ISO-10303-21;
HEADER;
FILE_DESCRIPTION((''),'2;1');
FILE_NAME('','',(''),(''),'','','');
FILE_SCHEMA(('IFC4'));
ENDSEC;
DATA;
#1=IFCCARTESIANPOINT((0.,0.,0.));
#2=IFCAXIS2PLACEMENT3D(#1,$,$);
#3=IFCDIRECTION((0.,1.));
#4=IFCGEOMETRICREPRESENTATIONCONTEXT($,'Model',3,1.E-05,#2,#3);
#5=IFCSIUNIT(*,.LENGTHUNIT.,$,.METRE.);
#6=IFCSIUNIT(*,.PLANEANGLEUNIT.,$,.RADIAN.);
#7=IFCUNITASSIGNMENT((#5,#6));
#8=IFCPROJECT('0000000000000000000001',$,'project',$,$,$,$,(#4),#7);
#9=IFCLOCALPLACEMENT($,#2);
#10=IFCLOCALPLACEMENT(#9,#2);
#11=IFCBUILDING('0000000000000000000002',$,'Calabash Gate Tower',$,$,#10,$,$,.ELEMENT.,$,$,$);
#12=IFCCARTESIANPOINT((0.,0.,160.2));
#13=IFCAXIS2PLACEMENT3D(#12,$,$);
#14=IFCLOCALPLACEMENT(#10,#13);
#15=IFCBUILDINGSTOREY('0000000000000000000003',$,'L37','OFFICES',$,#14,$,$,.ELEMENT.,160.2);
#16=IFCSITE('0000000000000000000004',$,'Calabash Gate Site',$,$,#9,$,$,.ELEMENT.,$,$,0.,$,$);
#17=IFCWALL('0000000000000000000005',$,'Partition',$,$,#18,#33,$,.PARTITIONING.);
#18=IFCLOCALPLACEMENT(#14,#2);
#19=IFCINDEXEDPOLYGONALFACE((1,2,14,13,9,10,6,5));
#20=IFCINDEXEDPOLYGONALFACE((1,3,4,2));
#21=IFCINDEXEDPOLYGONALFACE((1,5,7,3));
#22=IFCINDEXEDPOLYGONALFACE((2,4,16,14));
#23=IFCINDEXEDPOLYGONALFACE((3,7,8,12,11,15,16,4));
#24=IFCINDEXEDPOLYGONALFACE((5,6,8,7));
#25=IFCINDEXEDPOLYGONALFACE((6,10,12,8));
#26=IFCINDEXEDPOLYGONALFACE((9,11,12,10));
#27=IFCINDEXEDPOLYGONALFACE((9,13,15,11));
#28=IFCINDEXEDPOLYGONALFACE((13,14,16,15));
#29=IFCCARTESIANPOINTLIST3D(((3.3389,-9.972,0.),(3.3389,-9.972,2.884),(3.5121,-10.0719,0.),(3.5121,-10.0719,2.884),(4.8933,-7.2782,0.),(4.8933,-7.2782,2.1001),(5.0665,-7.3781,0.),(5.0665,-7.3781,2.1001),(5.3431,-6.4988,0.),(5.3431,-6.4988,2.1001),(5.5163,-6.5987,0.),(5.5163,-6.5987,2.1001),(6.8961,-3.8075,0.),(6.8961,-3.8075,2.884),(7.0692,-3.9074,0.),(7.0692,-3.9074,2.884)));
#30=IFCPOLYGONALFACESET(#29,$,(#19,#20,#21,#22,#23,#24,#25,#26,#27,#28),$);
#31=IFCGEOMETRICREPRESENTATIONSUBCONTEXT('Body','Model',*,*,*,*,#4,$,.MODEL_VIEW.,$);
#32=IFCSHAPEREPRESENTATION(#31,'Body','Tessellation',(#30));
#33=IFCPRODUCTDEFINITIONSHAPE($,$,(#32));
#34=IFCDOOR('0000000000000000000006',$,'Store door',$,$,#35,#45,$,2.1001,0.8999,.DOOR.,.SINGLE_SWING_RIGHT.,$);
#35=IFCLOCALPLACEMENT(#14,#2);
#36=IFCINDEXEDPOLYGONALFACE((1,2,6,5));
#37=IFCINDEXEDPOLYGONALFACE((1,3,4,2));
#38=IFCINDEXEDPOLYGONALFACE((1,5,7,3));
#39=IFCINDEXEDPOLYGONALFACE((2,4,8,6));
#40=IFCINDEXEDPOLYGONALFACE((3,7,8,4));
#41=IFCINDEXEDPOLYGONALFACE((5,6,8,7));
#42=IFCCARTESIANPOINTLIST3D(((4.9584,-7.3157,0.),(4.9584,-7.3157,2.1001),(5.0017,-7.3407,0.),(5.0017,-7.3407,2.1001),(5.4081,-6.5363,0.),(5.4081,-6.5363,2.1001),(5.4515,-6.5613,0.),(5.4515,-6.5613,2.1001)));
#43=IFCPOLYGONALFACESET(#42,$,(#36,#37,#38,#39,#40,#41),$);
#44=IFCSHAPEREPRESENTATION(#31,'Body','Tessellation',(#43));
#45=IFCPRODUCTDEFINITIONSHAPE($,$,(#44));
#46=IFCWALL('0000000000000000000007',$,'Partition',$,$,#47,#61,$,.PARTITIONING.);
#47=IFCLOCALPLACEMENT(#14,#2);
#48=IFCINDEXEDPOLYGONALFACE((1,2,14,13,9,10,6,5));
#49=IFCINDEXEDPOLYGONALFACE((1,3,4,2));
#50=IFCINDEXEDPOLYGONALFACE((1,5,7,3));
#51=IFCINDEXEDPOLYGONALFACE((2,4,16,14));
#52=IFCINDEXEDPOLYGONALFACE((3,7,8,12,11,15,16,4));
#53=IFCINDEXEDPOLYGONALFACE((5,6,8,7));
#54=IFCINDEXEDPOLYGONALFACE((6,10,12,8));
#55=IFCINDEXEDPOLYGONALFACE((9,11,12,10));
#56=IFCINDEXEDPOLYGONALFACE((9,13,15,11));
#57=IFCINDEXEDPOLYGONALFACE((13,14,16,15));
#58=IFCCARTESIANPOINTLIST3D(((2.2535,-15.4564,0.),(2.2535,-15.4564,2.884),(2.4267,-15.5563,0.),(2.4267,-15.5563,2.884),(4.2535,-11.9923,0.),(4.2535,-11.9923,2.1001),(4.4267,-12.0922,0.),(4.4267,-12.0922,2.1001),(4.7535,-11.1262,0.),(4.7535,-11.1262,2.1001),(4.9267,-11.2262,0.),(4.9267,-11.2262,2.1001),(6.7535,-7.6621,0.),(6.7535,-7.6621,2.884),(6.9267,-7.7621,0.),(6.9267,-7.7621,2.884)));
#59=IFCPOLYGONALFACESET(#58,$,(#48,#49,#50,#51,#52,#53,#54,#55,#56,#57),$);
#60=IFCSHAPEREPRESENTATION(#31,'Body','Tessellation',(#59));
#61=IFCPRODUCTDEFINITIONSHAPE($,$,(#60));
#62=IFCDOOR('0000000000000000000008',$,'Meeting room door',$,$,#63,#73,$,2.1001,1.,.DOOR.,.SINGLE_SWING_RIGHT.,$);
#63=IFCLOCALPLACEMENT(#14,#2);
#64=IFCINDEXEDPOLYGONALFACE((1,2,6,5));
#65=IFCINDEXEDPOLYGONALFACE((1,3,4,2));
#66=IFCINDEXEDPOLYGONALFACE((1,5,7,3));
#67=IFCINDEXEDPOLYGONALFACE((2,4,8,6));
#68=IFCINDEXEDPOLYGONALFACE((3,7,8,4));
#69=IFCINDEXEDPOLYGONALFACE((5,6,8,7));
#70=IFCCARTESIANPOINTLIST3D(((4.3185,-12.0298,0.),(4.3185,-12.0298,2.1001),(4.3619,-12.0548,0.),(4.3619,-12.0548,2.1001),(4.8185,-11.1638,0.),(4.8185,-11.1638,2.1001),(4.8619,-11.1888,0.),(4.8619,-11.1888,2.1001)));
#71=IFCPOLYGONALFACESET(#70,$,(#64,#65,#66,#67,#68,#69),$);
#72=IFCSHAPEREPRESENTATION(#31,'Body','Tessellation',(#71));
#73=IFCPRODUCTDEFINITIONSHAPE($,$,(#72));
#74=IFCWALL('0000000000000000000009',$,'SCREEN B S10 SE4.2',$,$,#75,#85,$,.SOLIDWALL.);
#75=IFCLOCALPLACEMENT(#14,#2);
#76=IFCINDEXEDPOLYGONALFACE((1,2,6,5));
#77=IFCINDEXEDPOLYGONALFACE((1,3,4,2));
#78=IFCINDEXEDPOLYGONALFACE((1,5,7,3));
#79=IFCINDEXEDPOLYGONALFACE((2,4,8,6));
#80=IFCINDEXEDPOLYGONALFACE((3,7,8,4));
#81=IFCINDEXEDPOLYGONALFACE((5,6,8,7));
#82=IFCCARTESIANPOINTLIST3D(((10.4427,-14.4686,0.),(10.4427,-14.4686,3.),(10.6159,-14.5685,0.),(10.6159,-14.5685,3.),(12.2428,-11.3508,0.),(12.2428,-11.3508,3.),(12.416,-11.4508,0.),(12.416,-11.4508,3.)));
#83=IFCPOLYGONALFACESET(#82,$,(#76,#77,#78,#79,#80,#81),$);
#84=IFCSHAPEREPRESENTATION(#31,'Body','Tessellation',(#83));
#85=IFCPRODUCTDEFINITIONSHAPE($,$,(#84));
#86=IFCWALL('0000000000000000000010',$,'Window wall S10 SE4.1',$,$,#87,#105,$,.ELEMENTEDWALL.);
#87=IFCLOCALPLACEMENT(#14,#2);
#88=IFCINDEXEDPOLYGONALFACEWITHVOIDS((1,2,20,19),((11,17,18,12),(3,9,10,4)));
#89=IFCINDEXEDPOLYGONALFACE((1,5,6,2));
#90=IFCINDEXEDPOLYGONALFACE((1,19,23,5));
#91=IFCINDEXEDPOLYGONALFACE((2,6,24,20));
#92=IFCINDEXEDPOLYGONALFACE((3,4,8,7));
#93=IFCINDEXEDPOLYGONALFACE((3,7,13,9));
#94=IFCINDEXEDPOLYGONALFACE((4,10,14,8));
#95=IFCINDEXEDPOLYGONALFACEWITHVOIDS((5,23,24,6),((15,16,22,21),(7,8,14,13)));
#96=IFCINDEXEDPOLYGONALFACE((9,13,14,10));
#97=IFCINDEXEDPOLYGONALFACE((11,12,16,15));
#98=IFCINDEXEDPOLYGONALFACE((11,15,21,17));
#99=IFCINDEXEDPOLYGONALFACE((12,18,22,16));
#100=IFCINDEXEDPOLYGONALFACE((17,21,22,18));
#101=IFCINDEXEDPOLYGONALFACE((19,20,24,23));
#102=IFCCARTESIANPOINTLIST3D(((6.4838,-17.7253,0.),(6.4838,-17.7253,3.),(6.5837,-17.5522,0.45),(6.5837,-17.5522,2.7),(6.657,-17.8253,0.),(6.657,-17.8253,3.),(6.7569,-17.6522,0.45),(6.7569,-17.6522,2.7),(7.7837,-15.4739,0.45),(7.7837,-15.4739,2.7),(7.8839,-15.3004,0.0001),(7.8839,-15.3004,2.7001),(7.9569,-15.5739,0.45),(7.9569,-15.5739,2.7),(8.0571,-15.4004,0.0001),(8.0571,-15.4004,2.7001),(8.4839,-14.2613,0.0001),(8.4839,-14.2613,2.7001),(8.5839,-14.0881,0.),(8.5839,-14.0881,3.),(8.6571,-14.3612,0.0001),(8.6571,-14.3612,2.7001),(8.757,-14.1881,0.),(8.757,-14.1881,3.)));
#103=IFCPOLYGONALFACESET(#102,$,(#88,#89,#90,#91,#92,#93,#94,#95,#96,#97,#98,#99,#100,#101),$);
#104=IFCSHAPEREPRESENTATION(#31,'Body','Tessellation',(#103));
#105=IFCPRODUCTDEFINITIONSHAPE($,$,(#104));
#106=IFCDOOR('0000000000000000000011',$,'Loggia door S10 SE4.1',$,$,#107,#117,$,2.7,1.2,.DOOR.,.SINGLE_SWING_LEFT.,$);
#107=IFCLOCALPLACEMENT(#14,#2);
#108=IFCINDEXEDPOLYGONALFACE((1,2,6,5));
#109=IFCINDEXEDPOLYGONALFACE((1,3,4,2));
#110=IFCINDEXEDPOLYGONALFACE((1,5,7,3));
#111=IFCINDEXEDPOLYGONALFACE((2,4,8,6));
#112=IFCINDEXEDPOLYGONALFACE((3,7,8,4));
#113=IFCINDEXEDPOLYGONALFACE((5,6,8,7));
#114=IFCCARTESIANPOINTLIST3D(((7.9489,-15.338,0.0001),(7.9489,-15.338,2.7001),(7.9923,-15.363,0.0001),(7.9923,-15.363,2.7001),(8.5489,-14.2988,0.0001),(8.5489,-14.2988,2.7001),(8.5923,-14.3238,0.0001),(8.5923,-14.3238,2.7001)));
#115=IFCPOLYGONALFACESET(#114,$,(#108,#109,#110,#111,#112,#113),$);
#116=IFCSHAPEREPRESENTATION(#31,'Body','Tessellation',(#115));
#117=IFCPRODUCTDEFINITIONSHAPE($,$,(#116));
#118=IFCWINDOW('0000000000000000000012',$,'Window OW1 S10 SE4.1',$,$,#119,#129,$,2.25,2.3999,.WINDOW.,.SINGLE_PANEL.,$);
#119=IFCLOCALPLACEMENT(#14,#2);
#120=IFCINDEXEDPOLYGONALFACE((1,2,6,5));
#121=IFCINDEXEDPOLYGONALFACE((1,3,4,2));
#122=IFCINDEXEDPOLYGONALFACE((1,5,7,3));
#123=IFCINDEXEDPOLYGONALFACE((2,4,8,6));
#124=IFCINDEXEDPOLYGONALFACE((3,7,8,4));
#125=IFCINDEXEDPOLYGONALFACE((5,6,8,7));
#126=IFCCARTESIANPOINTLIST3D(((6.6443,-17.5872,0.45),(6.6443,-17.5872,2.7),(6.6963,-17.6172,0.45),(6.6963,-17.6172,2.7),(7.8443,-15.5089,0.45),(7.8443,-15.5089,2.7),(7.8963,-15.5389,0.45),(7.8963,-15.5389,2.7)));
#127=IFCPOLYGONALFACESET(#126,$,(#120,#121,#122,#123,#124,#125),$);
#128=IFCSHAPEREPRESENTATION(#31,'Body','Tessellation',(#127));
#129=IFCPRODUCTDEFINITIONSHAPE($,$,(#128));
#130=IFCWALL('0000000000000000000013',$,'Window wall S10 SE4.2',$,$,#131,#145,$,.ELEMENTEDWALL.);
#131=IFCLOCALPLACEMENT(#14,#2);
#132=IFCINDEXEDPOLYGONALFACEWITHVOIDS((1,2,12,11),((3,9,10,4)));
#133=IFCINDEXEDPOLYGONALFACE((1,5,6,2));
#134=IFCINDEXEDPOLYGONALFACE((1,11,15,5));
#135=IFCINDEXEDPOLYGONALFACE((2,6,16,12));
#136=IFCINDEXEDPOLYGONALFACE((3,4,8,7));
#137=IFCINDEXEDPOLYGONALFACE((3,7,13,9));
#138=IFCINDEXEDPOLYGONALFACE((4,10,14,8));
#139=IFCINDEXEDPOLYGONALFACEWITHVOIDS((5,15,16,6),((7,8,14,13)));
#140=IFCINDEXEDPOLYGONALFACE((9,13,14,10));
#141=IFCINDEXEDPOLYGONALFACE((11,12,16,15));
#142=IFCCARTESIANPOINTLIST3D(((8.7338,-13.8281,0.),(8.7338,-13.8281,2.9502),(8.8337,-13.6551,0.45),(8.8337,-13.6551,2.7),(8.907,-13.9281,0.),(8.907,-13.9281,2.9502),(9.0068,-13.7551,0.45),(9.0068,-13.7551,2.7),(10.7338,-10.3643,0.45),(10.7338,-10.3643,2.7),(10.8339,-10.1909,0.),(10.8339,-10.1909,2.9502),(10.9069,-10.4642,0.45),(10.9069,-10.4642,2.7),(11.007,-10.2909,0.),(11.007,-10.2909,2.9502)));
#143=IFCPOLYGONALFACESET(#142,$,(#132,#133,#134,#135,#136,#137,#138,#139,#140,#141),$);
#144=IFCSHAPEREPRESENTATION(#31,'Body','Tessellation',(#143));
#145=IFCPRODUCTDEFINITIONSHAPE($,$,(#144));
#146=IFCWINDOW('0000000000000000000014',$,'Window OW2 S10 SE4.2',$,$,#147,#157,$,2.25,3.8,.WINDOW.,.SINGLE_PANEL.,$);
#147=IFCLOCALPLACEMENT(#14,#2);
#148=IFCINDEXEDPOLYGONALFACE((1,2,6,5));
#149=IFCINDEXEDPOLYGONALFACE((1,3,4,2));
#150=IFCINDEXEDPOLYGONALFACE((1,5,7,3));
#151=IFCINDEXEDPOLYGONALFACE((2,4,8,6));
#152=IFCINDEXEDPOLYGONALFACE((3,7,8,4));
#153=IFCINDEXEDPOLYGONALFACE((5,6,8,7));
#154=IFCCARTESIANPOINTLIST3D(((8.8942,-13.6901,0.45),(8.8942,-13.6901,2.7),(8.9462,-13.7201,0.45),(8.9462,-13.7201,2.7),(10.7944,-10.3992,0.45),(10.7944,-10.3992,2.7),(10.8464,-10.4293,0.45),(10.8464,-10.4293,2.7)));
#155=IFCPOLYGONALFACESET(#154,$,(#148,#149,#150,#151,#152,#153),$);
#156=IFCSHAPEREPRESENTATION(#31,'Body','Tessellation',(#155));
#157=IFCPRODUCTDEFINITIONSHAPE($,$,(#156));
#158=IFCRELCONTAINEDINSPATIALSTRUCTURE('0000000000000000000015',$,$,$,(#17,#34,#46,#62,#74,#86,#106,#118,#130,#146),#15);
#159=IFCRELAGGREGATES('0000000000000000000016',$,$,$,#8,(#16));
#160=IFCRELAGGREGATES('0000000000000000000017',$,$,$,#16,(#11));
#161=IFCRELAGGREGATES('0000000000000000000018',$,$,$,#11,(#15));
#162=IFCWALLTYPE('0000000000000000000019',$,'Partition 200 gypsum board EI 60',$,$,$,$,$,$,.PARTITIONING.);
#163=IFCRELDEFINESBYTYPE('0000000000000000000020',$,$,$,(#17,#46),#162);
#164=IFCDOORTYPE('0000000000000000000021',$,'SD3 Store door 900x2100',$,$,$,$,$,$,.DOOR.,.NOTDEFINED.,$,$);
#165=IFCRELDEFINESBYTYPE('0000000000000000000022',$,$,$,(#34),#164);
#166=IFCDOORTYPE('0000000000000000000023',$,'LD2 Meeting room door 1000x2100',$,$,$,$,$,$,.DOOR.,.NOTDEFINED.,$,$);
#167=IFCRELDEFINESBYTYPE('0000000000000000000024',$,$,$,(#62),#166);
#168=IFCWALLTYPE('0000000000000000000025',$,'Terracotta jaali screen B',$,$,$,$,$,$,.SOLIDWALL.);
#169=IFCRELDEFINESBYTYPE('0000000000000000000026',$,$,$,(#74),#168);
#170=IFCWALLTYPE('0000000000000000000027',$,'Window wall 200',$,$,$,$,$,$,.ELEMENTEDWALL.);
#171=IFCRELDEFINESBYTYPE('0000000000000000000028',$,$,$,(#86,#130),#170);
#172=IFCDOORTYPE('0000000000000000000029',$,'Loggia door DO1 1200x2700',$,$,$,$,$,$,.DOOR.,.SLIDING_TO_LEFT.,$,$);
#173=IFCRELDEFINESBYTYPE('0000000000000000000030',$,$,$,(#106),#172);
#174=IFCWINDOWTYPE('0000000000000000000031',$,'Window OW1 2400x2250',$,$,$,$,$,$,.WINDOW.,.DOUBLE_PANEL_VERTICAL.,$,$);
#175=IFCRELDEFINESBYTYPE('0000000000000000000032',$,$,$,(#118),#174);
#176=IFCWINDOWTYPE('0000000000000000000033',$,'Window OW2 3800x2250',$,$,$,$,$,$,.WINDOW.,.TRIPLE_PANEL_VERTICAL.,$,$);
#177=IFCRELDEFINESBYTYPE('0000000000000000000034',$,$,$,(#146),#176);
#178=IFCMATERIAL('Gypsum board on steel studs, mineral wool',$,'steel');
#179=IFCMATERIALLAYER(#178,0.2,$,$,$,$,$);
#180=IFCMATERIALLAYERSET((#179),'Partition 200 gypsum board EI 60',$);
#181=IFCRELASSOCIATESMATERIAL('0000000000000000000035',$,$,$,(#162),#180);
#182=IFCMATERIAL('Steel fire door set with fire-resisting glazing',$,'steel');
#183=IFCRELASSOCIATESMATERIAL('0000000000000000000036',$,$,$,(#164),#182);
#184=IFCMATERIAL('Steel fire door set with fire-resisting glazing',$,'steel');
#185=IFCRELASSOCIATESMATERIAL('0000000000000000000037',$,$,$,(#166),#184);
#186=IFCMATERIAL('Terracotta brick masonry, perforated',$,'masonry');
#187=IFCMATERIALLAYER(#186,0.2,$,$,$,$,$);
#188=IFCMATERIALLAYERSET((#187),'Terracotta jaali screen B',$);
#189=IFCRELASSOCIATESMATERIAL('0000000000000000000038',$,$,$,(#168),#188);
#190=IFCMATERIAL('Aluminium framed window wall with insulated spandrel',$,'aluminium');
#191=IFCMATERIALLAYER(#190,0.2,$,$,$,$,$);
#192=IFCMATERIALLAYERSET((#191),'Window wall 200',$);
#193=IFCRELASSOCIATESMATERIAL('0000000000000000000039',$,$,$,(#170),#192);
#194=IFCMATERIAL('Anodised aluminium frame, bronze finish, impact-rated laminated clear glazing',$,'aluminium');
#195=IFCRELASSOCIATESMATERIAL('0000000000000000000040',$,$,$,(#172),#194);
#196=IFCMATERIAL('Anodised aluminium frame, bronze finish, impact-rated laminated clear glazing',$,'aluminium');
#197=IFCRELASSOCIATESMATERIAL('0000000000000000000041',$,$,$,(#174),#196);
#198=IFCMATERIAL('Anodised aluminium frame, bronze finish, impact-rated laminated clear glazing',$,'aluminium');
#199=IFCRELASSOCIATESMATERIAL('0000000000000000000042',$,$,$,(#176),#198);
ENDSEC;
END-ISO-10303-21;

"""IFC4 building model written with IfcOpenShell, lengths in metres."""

from ifc_helpers import new_model, si_unit, direction, frame, frame_2d, origin, place, context, subcontext, project, spatial, rectangle, extrude, material, layer, layer_set, type_object, element, fill, save


model = new_model("IFC4")

# Units and contexts
model_context = context("Model", 3, precision=1e-05, world=origin(), true_north=direction((0.0, 1.0)))
body_context = subcontext(model_context, "Body", "Model", "MODEL_VIEW")
ifc_project = project(units=[si_unit("LENGTHUNIT", "METRE"), si_unit("PLANEANGLEUNIT", "RADIAN")], contexts=[model_context])

# Site, building, storey
site_placement = place(None, origin())
site = spatial("IfcSite", under=ifc_project, at=site_placement, Name="Calabash Gate Site", CompositionType="ELEMENT", RefElevation=0.0)
building_placement = place(site_placement, origin())
building = spatial("IfcBuilding", under=site, at=building_placement, Name="Calabash Gate Tower", CompositionType="ELEMENT")
storey_placement = place(building_placement, frame((0.0, 0.0, 160.2)))
storey = spatial("IfcBuildingStorey", under=building, at=storey_placement, Name="L37", Description="OFFICES", CompositionType="ELEMENT", Elevation=160.2)

# Shared definitions
ifc_material_1 = material(Name="Gypsum board on steel studs, mineral wool", Category="steel")
ifc_layer_1 = layer(ifc_material_1, 0.2)
ifc_layer_set_1 = layer_set([ifc_layer_1], Name="Partition 200 gypsum board EI 60")
wall_type_1 = type_object("IfcWallType", Name="Partition 200 gypsum board EI 60", PredefinedType="PARTITIONING", material=ifc_layer_set_1)

# Shared definitions
ifc_material_2 = material(Name="Steel fire door set with fire-resisting glazing", Category="steel")
door_type_1 = type_object("IfcDoorType", Name="SD3 Store door 900x2100", OperationType="NOTDEFINED", PredefinedType="DOOR", material=ifc_material_2)

# Walls, openings, doors
wall_1_placement = place(storey_placement, frame((3.4255, -10.022, 0.0), z_axis=(0.0, 0.0, 1.0), x_axis=(0.499792, 0.866146, 0.0)))
wall_1 = element("IfcWall", 1, at=wall_1_placement, inside=storey, type_object=wall_type_1, Name="Partition", PredefinedType="PARTITIONING", context=body_context, shape_type="SweptSolid", body=[
    extrude(rectangle(XDim=7.1172, YDim=0.2, at=frame_2d((3.5586, 0.0))), origin(), (0.0, 0.0, 1.0), 2.884),
])
opening_1_placement = place(wall_1_placement, frame((3.1101, 0.0, 0.0)))
opening_1 = element("IfcOpeningElement", 2, at=opening_1_placement, cuts=wall_1, PredefinedType="OPENING", context=body_context, shape_type="SweptSolid", body=[
    extrude(rectangle(XDim=0.8999, YDim=2.1001, at=frame_2d((0.45, 1.05))), frame((0.0, 0.1099, 0.0), z_axis=(0.0, -1.0, 0.0), x_axis=(1.0, 0.0, 0.0)), (0.0, 0.0, 1.0), 0.22),
])
door_1_placement = place(opening_1_placement, origin())
door_1 = element("IfcDoor", 3, at=door_1_placement, inside=storey, type_object=door_type_1, Name="Store door", OperationType="SINGLE_SWING_RIGHT", OverallHeight=2.1001, OverallWidth=0.8999, PredefinedType="DOOR", context=body_context, shape_type="SweptSolid", body=[
    extrude(rectangle(XDim=0.8999, YDim=2.1001, at=frame_2d((0.45, 1.05))), frame((0.0, 0.0249, 0.0), z_axis=(0.0, -1.0, 0.0), x_axis=(1.0, 0.0, 0.0)), (0.0, 0.0, 1.0), 0.05),
])
fill(opening_1, door_1)
wall_2_placement = place(storey_placement, frame((2.3401, -15.5063, 0.0), z_axis=(0.0, 0.0, 1.0), x_axis=(0.500002, 0.866024, 0.0)))
wall_2 = element("IfcWall", 4, at=wall_2_placement, inside=storey, type_object=wall_type_1, Name="Partition", PredefinedType="PARTITIONING", context=body_context, shape_type="SweptSolid", body=[
    extrude(rectangle(XDim=9.0, YDim=0.2, at=frame_2d((4.5, 0.0))), origin(), (0.0, 0.0, 1.0), 2.884),
])
opening_2_placement = place(wall_2_placement, frame((4.0, 0.0, 0.0)))
opening_2 = element("IfcOpeningElement", 5, at=opening_2_placement, cuts=wall_2, PredefinedType="OPENING", context=body_context, shape_type="SweptSolid", body=[
    extrude(rectangle(XDim=1.0, YDim=2.1001, at=frame_2d((0.5, 1.05))), frame((0.0, 0.1099, 0.0), z_axis=(0.0, -1.0, 0.0), x_axis=(1.0, 0.0, 0.0)), (0.0, 0.0, 1.0), 0.22),
])
ifc_material_3 = material(Name="Steel fire door set with fire-resisting glazing", Category="steel")
door_type_2 = type_object("IfcDoorType", Name="LD2 Meeting room door 1000x2100", OperationType="NOTDEFINED", PredefinedType="DOOR", material=ifc_material_3)
door_2_placement = place(opening_2_placement, origin())
door_2 = element("IfcDoor", 6, at=door_2_placement, inside=storey, type_object=door_type_2, Name="Meeting room door", OperationType="SINGLE_SWING_RIGHT", OverallHeight=2.1001, OverallWidth=1.0, PredefinedType="DOOR", context=body_context, shape_type="SweptSolid", body=[
    extrude(rectangle(XDim=1.0, YDim=2.1001, at=frame_2d((0.5, 1.05))), frame((0.0, 0.0249, 0.0), z_axis=(0.0, -1.0, 0.0), x_axis=(1.0, 0.0, 0.0)), (0.0, 0.0, 1.0), 0.05),
])
fill(opening_2, door_2)

# Wall
ifc_material_4 = material(Name="Terracotta brick masonry, perforated", Category="masonry")
ifc_layer_2 = layer(ifc_material_4, 0.2)
ifc_layer_set_2 = layer_set([ifc_layer_2], Name="Terracotta jaali screen B")
wall_type_2 = type_object("IfcWallType", Name="Terracotta jaali screen B", PredefinedType="SOLIDWALL", material=ifc_layer_set_2)
wall_3_placement = place(storey_placement, frame((10.5293, -14.5186, 0.0), z_axis=(0.0, 0.0, 1.0), x_axis=(0.500012, 0.866018, 0.0)))
element("IfcWall", 7, at=wall_3_placement, inside=storey, type_object=wall_type_2, Name="SCREEN B S10 SE4.2", PredefinedType="SOLIDWALL", context=body_context, shape_type="SweptSolid", body=[
    extrude(rectangle(XDim=3.6001, YDim=0.2, at=frame_2d((1.8, 0.0))), origin(), (0.0, 0.0, 1.0), 3.0),
])

# Wall, openings, door, window
ifc_material_5 = material(Name="Aluminium framed window wall with insulated spandrel", Category="aluminium")
ifc_layer_3 = layer(ifc_material_5, 0.2)
ifc_layer_set_3 = layer_set([ifc_layer_3], Name="Window wall 200")
wall_type_3 = type_object("IfcWallType", Name="Window wall 200", PredefinedType="ELEMENTEDWALL", material=ifc_layer_set_3)
wall_4_placement = place(storey_placement, frame((6.5703, -17.7754, 0.0), z_axis=(0.0, 0.0, 1.0), x_axis=(0.500028, 0.866009, 0.0)))
wall_4 = element("IfcWall", 8, at=wall_4_placement, inside=storey, type_object=wall_type_3, Name="Window wall S10 SE4.1", PredefinedType="ELEMENTEDWALL", context=body_context, shape_type="SweptSolid", body=[
    extrude(rectangle(XDim=4.2, YDim=0.2, at=frame_2d((2.1001, 0.0))), origin(), (0.0, 0.0, 1.0), 3.0),
])
opening_3_placement = place(wall_4_placement, frame((0.2, 0.0, 0.45)))
opening_3 = element("IfcOpeningElement", 9, at=opening_3_placement, cuts=wall_4, PredefinedType="OPENING", context=body_context, shape_type="SweptSolid", body=[
    extrude(rectangle(XDim=2.3999, YDim=2.25, at=frame_2d((1.2, 1.125))), frame((0.0, 0.1099, 0.0), z_axis=(0.0, -1.0, 0.0), x_axis=(1.0, 0.0, 0.0)), (0.0, 0.0, 1.0), 0.22),
])
opening_4_placement = place(wall_4_placement, frame((2.8, 0.0, 0.0)))
opening_4 = element("IfcOpeningElement", 10, at=opening_4_placement, cuts=wall_4, PredefinedType="OPENING", context=body_context, shape_type="SweptSolid", body=[
    extrude(rectangle(XDim=1.2, YDim=2.7, at=frame_2d((0.6001, 1.3501))), frame((0.0, 0.1099, 0.0), z_axis=(0.0, -1.0, 0.0), x_axis=(1.0, 0.0, 0.0)), (0.0, 0.0, 1.0), 0.22),
])
ifc_material_6 = material(Name="Anodised aluminium frame, bronze finish, impact-rated laminated clear glazing", Category="aluminium")
door_type_3 = type_object("IfcDoorType", Name="Loggia door DO1 1200x2700", OperationType="SLIDING_TO_LEFT", PredefinedType="DOOR", material=ifc_material_6)
door_3_placement = place(opening_4_placement, origin())
door_3 = element("IfcDoor", 11, at=door_3_placement, inside=storey, type_object=door_type_3, Name="Loggia door S10 SE4.1", OperationType="SINGLE_SWING_LEFT", OverallHeight=2.7, OverallWidth=1.2, PredefinedType="DOOR", context=body_context, shape_type="SweptSolid", body=[
    extrude(rectangle(XDim=1.2, YDim=2.7, at=frame_2d((0.6001, 1.3501))), frame((0.0, 0.0249, 0.0), z_axis=(0.0, -1.0, 0.0), x_axis=(1.0, 0.0, 0.0)), (0.0, 0.0, 1.0), 0.05),
])
fill(opening_4, door_3)
ifc_material_7 = material(Name="Anodised aluminium frame, bronze finish, impact-rated laminated clear glazing", Category="aluminium")
window_type_1 = type_object("IfcWindowType", Name="Window OW1 2400x2250", PartitioningType="DOUBLE_PANEL_VERTICAL", PredefinedType="WINDOW", material=ifc_material_7)
window_1_placement = place(opening_3_placement, origin())
window_1 = element("IfcWindow", 12, at=window_1_placement, inside=storey, type_object=window_type_1, Name="Window OW1 S10 SE4.1", OverallHeight=2.25, OverallWidth=2.3999, PartitioningType="SINGLE_PANEL", PredefinedType="WINDOW", context=body_context, shape_type="SweptSolid", body=[
    extrude(rectangle(XDim=2.3999, YDim=2.25, at=frame_2d((1.2, 1.125))), frame((0.0, 0.03, 0.0), z_axis=(0.0, -1.0, 0.0), x_axis=(1.0, 0.0, 0.0)), (0.0, 0.0, 1.0), 0.0601),
])
fill(opening_3, window_1)

# Wall, opening, window
wall_5_placement = place(storey_placement, frame((8.8203, -13.8782, 0.0), z_axis=(0.0, 0.0, 1.0), x_axis=(0.500028, 0.866009, 0.0)))
wall_5 = element("IfcWall", 13, at=wall_5_placement, inside=storey, type_object=wall_type_3, Name="Window wall S10 SE4.2", PredefinedType="ELEMENTEDWALL", context=body_context, shape_type="SweptSolid", body=[
    extrude(rectangle(XDim=4.2, YDim=0.2, at=frame_2d((2.1001, 0.0))), origin(), (0.0, 0.0, 1.0), 2.9502),
])
opening_5_placement = place(wall_5_placement, frame((0.2, 0.0, 0.45)))
opening_5 = element("IfcOpeningElement", 14, at=opening_5_placement, cuts=wall_5, PredefinedType="OPENING", context=body_context, shape_type="SweptSolid", body=[
    extrude(rectangle(XDim=3.8, YDim=2.25, at=frame_2d((1.8999, 1.125))), frame((0.0, 0.1099, 0.0), z_axis=(0.0, -1.0, 0.0), x_axis=(1.0, 0.0, 0.0)), (0.0, 0.0, 1.0), 0.22),
])
ifc_material_8 = material(Name="Anodised aluminium frame, bronze finish, impact-rated laminated clear glazing", Category="aluminium")
window_type_2 = type_object("IfcWindowType", Name="Window OW2 3800x2250", PartitioningType="TRIPLE_PANEL_VERTICAL", PredefinedType="WINDOW", material=ifc_material_8)
window_2_placement = place(opening_5_placement, origin())
window_2 = element("IfcWindow", 15, at=window_2_placement, inside=storey, type_object=window_type_2, Name="Window OW2 S10 SE4.2", OverallHeight=2.25, OverallWidth=3.8, PartitioningType="SINGLE_PANEL", PredefinedType="WINDOW", context=body_context, shape_type="SweptSolid", body=[
    extrude(rectangle(XDim=3.8, YDim=2.25, at=frame_2d((1.8999, 1.125))), frame((0.0, 0.03, 0.0), z_axis=(0.0, -1.0, 0.0), x_axis=(1.0, 0.0, 0.0)), (0.0, 0.0, 1.0), 0.0601),
])
fill(opening_5, window_2)

save(model, "model.ifc")
